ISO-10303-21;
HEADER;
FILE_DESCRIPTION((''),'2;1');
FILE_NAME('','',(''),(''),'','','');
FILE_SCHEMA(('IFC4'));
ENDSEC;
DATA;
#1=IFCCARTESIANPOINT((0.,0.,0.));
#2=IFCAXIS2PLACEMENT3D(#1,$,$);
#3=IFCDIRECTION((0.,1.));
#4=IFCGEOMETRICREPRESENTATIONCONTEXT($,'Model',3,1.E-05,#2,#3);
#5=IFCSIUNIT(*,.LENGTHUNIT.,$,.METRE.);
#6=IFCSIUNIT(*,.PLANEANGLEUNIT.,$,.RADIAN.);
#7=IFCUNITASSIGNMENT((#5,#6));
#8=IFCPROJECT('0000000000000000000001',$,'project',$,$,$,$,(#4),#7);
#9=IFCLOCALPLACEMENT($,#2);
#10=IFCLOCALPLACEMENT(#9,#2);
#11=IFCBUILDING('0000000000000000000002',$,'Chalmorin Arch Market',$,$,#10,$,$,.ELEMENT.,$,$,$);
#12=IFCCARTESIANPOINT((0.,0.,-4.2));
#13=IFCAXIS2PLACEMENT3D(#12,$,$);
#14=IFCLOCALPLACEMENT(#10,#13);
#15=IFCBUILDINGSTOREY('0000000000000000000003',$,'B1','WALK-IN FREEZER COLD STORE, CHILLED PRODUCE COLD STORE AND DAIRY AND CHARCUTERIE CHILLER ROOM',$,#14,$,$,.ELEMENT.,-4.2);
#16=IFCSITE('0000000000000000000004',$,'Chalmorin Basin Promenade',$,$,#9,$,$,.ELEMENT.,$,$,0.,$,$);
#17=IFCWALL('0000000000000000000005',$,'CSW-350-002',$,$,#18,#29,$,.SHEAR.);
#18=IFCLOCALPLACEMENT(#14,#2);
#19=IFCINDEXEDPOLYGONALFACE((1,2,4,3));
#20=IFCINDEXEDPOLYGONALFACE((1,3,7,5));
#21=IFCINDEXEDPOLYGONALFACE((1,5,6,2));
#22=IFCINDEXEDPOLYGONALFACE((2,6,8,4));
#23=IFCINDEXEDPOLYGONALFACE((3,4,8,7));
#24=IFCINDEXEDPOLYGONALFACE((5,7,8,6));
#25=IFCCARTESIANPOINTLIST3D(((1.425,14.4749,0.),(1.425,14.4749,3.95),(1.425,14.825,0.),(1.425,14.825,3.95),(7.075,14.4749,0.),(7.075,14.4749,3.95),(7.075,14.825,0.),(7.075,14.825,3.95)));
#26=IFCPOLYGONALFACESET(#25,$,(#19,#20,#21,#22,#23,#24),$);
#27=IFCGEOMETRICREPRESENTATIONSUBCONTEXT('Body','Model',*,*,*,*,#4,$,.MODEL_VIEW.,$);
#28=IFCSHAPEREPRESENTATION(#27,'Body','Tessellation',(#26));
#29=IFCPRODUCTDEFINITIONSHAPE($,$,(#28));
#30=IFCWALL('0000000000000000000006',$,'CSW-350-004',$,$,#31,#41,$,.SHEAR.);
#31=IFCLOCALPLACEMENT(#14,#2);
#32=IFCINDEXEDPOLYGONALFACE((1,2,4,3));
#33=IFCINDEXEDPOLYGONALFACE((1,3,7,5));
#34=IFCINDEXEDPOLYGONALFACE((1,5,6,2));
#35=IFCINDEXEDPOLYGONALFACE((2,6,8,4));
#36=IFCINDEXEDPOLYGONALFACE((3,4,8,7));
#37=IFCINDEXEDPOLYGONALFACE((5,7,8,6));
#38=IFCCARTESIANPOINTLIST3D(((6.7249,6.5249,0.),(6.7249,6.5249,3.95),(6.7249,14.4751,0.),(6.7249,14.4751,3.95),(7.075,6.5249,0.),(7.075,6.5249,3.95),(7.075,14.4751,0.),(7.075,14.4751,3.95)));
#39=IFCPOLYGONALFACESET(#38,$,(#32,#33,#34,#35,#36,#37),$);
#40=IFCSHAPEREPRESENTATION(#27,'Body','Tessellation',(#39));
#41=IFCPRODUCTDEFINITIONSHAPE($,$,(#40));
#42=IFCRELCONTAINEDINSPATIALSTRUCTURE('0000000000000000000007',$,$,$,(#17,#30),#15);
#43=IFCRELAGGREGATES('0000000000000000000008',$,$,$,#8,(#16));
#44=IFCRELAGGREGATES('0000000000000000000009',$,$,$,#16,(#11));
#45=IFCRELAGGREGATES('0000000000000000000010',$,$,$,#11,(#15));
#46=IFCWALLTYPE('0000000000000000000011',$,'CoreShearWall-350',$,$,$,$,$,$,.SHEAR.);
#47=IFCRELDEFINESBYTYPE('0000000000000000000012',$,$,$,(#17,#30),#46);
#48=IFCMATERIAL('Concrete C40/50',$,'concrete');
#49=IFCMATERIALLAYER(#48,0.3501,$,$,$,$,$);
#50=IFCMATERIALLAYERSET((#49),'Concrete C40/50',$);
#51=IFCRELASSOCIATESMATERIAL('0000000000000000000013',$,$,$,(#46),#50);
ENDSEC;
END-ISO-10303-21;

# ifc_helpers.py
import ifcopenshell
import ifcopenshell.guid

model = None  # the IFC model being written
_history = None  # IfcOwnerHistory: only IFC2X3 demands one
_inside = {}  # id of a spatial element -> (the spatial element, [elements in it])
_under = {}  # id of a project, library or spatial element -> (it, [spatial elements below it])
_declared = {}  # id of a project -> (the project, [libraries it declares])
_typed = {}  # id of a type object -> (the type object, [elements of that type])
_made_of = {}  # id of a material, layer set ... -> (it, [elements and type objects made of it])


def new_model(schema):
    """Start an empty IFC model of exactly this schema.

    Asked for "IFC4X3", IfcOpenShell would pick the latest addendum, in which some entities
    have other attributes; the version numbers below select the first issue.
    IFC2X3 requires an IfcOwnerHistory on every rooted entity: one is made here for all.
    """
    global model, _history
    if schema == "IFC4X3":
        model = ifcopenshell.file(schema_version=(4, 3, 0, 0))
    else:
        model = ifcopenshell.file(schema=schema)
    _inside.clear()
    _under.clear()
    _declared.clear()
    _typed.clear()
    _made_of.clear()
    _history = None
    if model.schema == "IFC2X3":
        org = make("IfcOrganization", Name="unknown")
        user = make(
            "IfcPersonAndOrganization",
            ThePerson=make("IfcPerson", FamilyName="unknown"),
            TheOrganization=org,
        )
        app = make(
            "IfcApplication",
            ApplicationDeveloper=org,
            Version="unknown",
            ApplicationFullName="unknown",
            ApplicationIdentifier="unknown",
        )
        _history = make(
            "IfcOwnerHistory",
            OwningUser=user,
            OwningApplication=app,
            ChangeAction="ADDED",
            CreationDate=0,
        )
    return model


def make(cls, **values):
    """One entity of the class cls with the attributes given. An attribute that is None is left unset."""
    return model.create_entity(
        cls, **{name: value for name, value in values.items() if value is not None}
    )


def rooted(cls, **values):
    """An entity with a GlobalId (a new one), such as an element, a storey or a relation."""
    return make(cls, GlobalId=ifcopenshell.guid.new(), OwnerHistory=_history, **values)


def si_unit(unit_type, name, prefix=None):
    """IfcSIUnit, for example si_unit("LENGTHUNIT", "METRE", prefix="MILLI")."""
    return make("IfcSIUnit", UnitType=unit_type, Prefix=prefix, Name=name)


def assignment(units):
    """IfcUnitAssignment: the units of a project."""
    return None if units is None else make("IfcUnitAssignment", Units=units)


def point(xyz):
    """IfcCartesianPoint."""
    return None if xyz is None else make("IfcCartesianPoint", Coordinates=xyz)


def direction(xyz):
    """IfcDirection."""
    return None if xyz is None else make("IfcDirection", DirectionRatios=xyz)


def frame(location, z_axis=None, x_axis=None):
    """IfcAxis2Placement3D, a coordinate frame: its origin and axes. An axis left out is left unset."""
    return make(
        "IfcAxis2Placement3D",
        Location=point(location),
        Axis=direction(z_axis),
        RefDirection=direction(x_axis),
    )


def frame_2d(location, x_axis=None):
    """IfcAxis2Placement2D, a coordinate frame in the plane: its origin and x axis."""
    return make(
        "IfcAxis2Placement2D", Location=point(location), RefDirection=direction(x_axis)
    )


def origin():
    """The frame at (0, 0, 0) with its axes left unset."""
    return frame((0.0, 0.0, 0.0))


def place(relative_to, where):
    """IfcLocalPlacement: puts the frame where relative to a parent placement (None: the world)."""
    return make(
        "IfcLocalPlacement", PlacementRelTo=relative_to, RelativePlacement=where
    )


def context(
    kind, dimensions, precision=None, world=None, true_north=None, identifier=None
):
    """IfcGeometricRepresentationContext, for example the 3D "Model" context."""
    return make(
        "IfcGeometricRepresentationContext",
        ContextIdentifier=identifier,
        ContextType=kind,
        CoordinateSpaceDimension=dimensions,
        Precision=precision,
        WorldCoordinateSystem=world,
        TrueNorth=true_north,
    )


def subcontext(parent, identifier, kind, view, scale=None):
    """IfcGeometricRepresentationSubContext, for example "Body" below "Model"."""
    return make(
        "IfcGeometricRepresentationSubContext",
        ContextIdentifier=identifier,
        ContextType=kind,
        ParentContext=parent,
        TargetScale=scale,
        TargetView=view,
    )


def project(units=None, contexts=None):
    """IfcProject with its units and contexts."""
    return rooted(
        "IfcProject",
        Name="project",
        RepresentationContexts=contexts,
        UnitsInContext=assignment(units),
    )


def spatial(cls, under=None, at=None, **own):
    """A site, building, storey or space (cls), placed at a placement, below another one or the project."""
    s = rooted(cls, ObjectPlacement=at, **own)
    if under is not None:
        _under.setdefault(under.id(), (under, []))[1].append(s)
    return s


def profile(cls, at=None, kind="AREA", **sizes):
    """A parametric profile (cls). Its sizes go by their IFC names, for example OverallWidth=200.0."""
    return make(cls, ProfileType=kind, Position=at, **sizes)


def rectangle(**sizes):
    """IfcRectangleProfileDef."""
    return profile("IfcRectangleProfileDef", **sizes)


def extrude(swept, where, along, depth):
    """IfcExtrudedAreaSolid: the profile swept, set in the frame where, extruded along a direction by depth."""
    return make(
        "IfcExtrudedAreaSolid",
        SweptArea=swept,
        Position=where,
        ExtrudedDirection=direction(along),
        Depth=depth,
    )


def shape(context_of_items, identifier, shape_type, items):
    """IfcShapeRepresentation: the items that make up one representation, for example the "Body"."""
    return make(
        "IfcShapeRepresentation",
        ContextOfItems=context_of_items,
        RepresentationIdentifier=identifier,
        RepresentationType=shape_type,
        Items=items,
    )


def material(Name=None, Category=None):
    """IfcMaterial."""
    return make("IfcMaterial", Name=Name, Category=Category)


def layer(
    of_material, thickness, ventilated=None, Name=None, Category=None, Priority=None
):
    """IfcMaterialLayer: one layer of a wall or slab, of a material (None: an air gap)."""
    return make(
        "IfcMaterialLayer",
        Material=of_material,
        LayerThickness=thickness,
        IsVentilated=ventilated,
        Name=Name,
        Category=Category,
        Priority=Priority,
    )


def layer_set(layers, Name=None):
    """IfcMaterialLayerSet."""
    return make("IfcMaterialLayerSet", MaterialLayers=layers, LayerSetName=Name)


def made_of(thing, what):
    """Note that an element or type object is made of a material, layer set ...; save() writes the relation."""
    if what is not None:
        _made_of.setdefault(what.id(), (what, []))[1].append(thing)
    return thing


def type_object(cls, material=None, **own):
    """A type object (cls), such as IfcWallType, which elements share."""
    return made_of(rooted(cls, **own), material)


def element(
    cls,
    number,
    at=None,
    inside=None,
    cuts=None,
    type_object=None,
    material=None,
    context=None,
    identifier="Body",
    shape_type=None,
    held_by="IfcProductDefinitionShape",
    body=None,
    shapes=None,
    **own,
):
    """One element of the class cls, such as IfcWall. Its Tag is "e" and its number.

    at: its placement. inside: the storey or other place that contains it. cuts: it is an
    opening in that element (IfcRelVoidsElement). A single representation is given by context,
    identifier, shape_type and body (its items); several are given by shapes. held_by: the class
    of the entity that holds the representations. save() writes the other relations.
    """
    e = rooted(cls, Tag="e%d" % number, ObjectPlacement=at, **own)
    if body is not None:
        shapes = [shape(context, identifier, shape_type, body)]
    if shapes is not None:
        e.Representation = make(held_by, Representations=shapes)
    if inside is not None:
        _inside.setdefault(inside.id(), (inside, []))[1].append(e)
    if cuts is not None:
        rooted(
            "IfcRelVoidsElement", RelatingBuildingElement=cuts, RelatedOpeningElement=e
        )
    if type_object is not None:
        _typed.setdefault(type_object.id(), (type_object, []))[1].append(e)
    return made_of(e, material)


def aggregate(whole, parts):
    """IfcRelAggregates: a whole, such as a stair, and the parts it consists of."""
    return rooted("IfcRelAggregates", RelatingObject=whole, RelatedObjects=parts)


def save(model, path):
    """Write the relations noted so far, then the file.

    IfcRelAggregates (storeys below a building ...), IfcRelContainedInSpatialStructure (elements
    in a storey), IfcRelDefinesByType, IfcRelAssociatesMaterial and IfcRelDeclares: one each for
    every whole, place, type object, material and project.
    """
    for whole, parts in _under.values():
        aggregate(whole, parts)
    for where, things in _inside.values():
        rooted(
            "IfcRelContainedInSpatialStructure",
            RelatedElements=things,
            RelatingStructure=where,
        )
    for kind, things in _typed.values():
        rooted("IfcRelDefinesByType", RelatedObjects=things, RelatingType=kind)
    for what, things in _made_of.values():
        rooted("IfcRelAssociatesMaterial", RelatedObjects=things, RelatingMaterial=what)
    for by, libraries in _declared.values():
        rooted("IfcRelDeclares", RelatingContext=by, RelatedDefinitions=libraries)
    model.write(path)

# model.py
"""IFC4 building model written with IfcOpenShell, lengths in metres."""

from ifc_helpers import new_model, si_unit, direction, frame, frame_2d, origin, place, context, subcontext, project, spatial, rectangle, extrude, material, layer, layer_set, type_object, element, save


model = new_model("IFC4")

# Units and contexts
model_context = context("Model", 3, precision=1e-05, world=origin(), true_north=direction((0.0, 1.0)))
body_context = subcontext(model_context, "Body", "Model", "MODEL_VIEW")
ifc_project = project(units=[si_unit("LENGTHUNIT", "METRE"), si_unit("PLANEANGLEUNIT", "RADIAN")], contexts=[model_context])

# Site, building, storey
site_placement = place(None, origin())
site = spatial("IfcSite", under=ifc_project, at=site_placement, Name="Chalmorin Basin Promenade", CompositionType="ELEMENT", RefElevation=0.0)
building_placement = place(site_placement, origin())
building = spatial("IfcBuilding", under=site, at=building_placement, Name="Chalmorin Arch Market", CompositionType="ELEMENT")
storey_placement = place(building_placement, frame((0.0, 0.0, -4.2)))
storey = spatial("IfcBuildingStorey", under=building, at=storey_placement, Name="B1", Description="WALK-IN FREEZER COLD STORE, CHILLED PRODUCE COLD STORE AND DAIRY AND CHARCUTERIE CHILLER ROOM", CompositionType="ELEMENT", Elevation=-4.2)

# Shared definitions
ifc_material_1 = material(Name="Concrete C40/50", Category="concrete")

# Walls
ifc_layer_1 = layer(ifc_material_1, 0.3501)
ifc_layer_set_1 = layer_set([ifc_layer_1], Name="Concrete C40/50")
wall_type = type_object("IfcWallType", Name="CoreShearWall-350", PredefinedType="SHEAR", material=ifc_layer_set_1)
wall_1_placement = place(storey_placement, frame((1.425, 14.6499, 0.0), z_axis=(0.0, 0.0, 1.0), x_axis=(1.0, 0.0, 0.0)))
element("IfcWall", 1, at=wall_1_placement, inside=storey, type_object=wall_type, Name="CSW-350-002", PredefinedType="SHEAR", context=body_context, shape_type="SweptSolid", body=[
    extrude(rectangle(XDim=5.6499, YDim=0.3501, at=frame_2d((2.825, 0.0))), origin(), (0.0, 0.0, 1.0), 3.95),
])
wall_2_placement = place(storey_placement, frame((6.8999, 14.4751, 0.0), z_axis=(0.0, 0.0, 1.0), x_axis=(0.0, -1.0, 0.0)))
element("IfcWall", 2, at=wall_2_placement, inside=storey, type_object=wall_type, Name="CSW-350-004", PredefinedType="SHEAR", context=body_context, shape_type="SweptSolid", body=[
    extrude(rectangle(XDim=7.9502, YDim=0.3501, at=frame_2d((3.9751, 0.0))), origin(), (0.0, 0.0, 1.0), 3.95),
])

save(model, "model.ifc")
